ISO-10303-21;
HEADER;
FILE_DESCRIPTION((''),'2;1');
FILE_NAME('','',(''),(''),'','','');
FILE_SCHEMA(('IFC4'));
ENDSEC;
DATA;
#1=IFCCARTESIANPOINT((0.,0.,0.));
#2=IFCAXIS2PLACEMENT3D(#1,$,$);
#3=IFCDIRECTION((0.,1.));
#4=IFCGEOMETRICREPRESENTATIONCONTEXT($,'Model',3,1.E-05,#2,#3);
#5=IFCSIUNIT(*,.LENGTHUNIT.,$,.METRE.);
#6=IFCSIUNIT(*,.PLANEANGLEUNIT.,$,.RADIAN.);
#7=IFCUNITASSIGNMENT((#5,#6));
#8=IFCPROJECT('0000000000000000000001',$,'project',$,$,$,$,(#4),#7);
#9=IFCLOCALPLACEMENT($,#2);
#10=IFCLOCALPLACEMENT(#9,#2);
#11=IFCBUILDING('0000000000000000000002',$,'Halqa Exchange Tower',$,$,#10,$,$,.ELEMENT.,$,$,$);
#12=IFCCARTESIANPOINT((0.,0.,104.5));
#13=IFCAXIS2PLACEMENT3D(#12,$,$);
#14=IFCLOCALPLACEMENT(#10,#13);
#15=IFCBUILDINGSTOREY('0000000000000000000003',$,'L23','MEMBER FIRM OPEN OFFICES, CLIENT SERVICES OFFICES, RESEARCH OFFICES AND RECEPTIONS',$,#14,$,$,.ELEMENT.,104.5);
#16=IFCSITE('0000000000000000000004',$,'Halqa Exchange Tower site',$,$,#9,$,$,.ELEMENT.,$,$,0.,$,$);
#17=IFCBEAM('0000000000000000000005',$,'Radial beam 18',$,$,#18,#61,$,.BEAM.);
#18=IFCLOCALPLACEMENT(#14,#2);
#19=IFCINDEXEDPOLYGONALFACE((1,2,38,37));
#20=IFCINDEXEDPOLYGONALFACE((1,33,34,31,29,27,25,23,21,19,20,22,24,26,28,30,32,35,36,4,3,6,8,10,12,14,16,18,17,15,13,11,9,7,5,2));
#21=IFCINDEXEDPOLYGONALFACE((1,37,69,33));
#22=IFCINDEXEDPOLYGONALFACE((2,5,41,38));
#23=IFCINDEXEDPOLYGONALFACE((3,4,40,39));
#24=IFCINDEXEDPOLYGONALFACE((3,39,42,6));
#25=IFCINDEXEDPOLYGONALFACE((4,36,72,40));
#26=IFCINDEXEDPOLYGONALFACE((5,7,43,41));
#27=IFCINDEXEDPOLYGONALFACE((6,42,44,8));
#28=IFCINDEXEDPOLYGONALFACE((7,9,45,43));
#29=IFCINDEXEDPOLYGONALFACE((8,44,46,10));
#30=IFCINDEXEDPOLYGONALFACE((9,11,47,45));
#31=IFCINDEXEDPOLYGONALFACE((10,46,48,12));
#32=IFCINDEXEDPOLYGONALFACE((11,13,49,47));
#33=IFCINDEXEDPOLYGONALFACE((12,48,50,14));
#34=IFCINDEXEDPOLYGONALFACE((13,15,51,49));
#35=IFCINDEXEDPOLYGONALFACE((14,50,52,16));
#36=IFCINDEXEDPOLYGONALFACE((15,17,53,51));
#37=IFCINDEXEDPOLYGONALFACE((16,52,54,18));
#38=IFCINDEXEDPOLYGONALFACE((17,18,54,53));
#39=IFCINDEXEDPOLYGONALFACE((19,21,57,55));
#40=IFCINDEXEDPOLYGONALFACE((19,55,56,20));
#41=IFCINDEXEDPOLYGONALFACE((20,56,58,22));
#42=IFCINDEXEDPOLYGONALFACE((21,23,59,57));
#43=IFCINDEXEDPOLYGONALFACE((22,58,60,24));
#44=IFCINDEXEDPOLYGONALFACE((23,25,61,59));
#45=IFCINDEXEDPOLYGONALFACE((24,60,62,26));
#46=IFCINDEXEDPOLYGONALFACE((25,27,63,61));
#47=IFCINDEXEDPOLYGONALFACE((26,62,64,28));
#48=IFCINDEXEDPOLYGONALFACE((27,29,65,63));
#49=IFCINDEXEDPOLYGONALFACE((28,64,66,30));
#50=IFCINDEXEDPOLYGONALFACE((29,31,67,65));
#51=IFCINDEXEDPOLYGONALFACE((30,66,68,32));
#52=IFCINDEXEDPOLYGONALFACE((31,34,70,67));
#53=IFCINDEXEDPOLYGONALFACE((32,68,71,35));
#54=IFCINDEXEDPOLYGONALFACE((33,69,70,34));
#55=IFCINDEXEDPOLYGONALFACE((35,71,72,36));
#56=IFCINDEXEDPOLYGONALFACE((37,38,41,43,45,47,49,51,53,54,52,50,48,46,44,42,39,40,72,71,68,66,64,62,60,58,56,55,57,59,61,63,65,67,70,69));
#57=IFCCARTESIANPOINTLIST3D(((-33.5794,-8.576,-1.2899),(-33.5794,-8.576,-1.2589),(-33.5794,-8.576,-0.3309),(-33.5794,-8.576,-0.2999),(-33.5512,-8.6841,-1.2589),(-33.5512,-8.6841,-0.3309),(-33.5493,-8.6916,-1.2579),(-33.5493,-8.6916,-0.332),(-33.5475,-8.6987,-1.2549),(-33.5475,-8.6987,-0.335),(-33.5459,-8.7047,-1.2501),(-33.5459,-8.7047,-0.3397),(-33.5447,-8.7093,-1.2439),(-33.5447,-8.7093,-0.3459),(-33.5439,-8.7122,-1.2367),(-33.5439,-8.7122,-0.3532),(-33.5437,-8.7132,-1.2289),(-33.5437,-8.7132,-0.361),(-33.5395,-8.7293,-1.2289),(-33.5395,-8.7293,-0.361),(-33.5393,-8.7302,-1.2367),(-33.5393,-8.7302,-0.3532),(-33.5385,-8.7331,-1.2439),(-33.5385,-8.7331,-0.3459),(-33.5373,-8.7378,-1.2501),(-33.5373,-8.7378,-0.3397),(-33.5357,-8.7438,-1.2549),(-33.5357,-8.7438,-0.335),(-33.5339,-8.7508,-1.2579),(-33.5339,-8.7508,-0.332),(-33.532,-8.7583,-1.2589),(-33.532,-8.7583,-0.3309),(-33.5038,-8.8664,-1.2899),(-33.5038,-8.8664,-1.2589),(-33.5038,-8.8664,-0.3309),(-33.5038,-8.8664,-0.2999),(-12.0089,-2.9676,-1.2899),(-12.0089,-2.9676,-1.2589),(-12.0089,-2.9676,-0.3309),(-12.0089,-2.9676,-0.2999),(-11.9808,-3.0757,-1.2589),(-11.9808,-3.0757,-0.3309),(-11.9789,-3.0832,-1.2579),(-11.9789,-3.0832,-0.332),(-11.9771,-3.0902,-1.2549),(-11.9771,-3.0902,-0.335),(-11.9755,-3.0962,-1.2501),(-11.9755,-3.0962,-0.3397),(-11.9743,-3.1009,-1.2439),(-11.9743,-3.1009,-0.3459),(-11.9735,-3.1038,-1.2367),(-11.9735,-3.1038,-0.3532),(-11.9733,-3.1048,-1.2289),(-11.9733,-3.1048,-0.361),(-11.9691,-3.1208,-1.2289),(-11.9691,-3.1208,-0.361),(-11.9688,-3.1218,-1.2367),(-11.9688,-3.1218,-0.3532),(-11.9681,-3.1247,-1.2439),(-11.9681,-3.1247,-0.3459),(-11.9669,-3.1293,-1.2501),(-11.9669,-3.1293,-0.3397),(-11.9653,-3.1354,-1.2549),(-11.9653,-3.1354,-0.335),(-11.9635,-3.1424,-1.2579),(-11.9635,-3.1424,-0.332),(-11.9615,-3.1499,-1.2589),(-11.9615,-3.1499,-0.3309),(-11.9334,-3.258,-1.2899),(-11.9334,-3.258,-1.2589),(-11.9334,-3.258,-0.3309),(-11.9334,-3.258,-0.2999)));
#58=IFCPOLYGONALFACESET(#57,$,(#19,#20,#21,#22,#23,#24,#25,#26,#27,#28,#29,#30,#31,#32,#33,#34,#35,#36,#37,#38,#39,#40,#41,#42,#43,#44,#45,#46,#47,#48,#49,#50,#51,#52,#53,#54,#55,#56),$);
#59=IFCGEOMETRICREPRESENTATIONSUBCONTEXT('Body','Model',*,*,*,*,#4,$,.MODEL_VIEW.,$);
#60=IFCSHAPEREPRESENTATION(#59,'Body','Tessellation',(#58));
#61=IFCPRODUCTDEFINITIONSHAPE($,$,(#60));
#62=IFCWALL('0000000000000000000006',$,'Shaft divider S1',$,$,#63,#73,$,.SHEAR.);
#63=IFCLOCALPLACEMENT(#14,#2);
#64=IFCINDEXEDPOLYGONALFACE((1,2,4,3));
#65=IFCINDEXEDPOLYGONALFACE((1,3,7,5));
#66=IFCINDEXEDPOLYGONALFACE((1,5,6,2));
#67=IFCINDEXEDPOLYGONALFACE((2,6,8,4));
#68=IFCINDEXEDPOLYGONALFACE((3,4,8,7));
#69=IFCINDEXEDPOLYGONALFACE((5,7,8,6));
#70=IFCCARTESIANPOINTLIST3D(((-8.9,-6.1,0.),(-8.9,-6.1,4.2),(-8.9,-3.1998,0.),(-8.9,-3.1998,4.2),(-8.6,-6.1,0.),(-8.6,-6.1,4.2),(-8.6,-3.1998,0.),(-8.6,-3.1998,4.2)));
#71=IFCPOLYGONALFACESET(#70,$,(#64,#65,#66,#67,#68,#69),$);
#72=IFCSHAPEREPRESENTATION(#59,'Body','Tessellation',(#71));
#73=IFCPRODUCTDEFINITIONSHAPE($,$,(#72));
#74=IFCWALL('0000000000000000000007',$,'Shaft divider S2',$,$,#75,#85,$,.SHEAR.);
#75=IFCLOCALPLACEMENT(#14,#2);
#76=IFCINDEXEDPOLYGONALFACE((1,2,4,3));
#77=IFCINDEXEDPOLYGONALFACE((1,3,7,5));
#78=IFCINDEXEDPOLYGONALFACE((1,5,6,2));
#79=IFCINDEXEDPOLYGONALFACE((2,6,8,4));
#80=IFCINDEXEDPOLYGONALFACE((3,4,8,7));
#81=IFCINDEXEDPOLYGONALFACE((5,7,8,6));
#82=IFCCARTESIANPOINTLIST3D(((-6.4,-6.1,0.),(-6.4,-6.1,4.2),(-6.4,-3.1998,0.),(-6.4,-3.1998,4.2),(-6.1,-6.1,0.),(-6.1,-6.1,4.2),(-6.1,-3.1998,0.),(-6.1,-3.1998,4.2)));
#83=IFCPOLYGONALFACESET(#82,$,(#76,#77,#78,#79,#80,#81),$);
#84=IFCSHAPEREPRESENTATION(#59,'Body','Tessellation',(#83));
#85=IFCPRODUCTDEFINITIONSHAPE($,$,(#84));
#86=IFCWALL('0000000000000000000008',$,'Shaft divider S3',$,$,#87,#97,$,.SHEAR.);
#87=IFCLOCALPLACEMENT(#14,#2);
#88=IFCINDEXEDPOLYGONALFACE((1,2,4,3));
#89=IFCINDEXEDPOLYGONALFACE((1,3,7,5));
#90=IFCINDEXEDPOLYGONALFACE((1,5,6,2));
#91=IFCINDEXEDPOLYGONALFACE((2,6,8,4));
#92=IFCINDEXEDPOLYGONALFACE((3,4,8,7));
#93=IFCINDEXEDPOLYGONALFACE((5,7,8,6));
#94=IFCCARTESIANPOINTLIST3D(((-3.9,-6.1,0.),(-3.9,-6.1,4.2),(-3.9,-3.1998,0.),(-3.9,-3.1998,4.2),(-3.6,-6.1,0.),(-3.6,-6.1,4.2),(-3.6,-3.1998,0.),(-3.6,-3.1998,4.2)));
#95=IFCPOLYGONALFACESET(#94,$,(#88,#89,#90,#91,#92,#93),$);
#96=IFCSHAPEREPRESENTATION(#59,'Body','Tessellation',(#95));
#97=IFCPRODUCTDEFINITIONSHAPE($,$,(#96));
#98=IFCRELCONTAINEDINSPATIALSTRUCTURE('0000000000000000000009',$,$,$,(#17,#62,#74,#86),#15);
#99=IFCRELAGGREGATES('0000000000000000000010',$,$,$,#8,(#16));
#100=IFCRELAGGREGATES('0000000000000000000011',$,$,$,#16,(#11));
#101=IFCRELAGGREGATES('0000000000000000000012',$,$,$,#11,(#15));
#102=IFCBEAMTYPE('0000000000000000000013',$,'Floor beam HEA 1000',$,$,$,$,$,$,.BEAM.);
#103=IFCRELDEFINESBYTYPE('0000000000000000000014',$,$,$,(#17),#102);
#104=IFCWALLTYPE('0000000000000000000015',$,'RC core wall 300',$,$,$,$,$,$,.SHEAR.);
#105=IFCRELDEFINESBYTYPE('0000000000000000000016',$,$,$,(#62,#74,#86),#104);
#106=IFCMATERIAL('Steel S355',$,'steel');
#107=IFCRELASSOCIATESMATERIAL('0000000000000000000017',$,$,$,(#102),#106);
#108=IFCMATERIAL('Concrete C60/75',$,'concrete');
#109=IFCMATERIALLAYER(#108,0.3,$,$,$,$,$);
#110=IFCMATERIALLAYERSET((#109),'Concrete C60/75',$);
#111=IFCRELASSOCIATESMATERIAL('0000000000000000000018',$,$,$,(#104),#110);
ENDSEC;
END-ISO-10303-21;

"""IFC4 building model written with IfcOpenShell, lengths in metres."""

from ifc_helpers import new_model, si_unit, direction, frame, frame_2d, origin, origin_2d, place, context, subcontext, project, spatial, rectangle, i_section, extrude, material, layer, layer_set, material_profile, profile_set, type_object, element, save


model = new_model("IFC4")

# Units and contexts
model_context = context("Model", 3, precision=1e-05, world=origin(), true_north=direction((0.0, 1.0)))
body_context = subcontext(model_context, "Body", "Model", "MODEL_VIEW")
ifc_project = project(units=[si_unit("LENGTHUNIT", "METRE"), si_unit("PLANEANGLEUNIT", "RADIAN")], contexts=[model_context])

# Site, building, storey
site_placement = place(None, origin())
site = spatial("IfcSite", under=ifc_project, at=site_placement, Name="Halqa Exchange Tower site", CompositionType="ELEMENT", RefElevation=0.0)
building_placement = place(site_placement, origin())
building = spatial("IfcBuilding", under=site, at=building_placement, Name="Halqa Exchange Tower", CompositionType="ELEMENT")
storey_placement = place(building_placement, frame((0.0, 0.0, 104.5)))
storey = spatial("IfcBuildingStorey", under=building, at=storey_placement, Name="L23", Description="MEMBER FIRM OPEN OFFICES, CLIENT SERVICES OFFICES, RESEARCH OFFICES AND RECEPTIONS", CompositionType="ELEMENT", Elevation=104.5)

# Beam
ifc_material_1 = material(Name="Steel S355", Category="steel")
ifc_material_profile = material_profile(ifc_material_1, i_section(OverallWidth=0.3, OverallDepth=0.99, WebThickness=0.0166, FlangeThickness=0.031, FilletRadius=0.03, at=origin_2d()), Name="HEA 1000")
ifc_profile_set = profile_set([ifc_material_profile], Name="Steel S355")
beam_type = type_object("IfcBeamType", Name="Floor beam HEA 1000", PredefinedType="BEAM", material=ifc_profile_set)
beam_placement = place(storey_placement, frame((-11.9712, -3.1128, -0.7949), z_axis=(-0.967821, -0.251639, 0.0), x_axis=(0.251639, -0.967821, 0.0)))
element("IfcBeam", 1, at=beam_placement, inside=storey, type_object=beam_type, Name="Radial beam 18", PredefinedType="BEAM", context=body_context, shape_type="SweptSolid", body=[
    extrude(i_section(OverallWidth=0.3, OverallDepth=0.99, WebThickness=0.0166, FlangeThickness=0.031, FilletRadius=0.03, at=origin_2d()), origin(), (0.0, 0.0, 1.0), 22.2876),
])

# Walls
ifc_material_2 = material(Name="Concrete C60/75", Category="concrete")
ifc_layer_1 = layer(ifc_material_2, 0.3)
ifc_layer_set_1 = layer_set([ifc_layer_1], Name="Concrete C60/75")
wall_type_1 = type_object("IfcWallType", Name="RC core wall 300", PredefinedType="SHEAR", material=ifc_layer_set_1)
for number, where, z_axis, x_axis, name in (
    (2, (-8.75, -6.1001, 0.0), (0.0, 0.0, 1.0), (0.0, 1.0, 0.0), "Shaft divider S1"),
    (3, (-6.25, -6.1001, 0.0), (0.0, 0.0, 1.0), (0.0, 1.0, 0.0), "Shaft divider S2"),
    (4, (-3.75, -6.1001, 0.0), (0.0, 0.0, 1.0), (0.0, 1.0, 0.0), "Shaft divider S3"),
):
    element("IfcWall", number, at=place(storey_placement, frame(where, z_axis=z_axis, x_axis=x_axis)), inside=storey, type_object=wall_type_1, Name=name, PredefinedType="SHEAR", context=body_context, shape_type="SweptSolid", body=[
        extrude(rectangle(XDim=2.9001, YDim=0.3, at=frame_2d((1.4502, 0.0))), origin(), (0.0, 0.0, 1.0), 4.2),
    ])

save(model, "model.ifc")
